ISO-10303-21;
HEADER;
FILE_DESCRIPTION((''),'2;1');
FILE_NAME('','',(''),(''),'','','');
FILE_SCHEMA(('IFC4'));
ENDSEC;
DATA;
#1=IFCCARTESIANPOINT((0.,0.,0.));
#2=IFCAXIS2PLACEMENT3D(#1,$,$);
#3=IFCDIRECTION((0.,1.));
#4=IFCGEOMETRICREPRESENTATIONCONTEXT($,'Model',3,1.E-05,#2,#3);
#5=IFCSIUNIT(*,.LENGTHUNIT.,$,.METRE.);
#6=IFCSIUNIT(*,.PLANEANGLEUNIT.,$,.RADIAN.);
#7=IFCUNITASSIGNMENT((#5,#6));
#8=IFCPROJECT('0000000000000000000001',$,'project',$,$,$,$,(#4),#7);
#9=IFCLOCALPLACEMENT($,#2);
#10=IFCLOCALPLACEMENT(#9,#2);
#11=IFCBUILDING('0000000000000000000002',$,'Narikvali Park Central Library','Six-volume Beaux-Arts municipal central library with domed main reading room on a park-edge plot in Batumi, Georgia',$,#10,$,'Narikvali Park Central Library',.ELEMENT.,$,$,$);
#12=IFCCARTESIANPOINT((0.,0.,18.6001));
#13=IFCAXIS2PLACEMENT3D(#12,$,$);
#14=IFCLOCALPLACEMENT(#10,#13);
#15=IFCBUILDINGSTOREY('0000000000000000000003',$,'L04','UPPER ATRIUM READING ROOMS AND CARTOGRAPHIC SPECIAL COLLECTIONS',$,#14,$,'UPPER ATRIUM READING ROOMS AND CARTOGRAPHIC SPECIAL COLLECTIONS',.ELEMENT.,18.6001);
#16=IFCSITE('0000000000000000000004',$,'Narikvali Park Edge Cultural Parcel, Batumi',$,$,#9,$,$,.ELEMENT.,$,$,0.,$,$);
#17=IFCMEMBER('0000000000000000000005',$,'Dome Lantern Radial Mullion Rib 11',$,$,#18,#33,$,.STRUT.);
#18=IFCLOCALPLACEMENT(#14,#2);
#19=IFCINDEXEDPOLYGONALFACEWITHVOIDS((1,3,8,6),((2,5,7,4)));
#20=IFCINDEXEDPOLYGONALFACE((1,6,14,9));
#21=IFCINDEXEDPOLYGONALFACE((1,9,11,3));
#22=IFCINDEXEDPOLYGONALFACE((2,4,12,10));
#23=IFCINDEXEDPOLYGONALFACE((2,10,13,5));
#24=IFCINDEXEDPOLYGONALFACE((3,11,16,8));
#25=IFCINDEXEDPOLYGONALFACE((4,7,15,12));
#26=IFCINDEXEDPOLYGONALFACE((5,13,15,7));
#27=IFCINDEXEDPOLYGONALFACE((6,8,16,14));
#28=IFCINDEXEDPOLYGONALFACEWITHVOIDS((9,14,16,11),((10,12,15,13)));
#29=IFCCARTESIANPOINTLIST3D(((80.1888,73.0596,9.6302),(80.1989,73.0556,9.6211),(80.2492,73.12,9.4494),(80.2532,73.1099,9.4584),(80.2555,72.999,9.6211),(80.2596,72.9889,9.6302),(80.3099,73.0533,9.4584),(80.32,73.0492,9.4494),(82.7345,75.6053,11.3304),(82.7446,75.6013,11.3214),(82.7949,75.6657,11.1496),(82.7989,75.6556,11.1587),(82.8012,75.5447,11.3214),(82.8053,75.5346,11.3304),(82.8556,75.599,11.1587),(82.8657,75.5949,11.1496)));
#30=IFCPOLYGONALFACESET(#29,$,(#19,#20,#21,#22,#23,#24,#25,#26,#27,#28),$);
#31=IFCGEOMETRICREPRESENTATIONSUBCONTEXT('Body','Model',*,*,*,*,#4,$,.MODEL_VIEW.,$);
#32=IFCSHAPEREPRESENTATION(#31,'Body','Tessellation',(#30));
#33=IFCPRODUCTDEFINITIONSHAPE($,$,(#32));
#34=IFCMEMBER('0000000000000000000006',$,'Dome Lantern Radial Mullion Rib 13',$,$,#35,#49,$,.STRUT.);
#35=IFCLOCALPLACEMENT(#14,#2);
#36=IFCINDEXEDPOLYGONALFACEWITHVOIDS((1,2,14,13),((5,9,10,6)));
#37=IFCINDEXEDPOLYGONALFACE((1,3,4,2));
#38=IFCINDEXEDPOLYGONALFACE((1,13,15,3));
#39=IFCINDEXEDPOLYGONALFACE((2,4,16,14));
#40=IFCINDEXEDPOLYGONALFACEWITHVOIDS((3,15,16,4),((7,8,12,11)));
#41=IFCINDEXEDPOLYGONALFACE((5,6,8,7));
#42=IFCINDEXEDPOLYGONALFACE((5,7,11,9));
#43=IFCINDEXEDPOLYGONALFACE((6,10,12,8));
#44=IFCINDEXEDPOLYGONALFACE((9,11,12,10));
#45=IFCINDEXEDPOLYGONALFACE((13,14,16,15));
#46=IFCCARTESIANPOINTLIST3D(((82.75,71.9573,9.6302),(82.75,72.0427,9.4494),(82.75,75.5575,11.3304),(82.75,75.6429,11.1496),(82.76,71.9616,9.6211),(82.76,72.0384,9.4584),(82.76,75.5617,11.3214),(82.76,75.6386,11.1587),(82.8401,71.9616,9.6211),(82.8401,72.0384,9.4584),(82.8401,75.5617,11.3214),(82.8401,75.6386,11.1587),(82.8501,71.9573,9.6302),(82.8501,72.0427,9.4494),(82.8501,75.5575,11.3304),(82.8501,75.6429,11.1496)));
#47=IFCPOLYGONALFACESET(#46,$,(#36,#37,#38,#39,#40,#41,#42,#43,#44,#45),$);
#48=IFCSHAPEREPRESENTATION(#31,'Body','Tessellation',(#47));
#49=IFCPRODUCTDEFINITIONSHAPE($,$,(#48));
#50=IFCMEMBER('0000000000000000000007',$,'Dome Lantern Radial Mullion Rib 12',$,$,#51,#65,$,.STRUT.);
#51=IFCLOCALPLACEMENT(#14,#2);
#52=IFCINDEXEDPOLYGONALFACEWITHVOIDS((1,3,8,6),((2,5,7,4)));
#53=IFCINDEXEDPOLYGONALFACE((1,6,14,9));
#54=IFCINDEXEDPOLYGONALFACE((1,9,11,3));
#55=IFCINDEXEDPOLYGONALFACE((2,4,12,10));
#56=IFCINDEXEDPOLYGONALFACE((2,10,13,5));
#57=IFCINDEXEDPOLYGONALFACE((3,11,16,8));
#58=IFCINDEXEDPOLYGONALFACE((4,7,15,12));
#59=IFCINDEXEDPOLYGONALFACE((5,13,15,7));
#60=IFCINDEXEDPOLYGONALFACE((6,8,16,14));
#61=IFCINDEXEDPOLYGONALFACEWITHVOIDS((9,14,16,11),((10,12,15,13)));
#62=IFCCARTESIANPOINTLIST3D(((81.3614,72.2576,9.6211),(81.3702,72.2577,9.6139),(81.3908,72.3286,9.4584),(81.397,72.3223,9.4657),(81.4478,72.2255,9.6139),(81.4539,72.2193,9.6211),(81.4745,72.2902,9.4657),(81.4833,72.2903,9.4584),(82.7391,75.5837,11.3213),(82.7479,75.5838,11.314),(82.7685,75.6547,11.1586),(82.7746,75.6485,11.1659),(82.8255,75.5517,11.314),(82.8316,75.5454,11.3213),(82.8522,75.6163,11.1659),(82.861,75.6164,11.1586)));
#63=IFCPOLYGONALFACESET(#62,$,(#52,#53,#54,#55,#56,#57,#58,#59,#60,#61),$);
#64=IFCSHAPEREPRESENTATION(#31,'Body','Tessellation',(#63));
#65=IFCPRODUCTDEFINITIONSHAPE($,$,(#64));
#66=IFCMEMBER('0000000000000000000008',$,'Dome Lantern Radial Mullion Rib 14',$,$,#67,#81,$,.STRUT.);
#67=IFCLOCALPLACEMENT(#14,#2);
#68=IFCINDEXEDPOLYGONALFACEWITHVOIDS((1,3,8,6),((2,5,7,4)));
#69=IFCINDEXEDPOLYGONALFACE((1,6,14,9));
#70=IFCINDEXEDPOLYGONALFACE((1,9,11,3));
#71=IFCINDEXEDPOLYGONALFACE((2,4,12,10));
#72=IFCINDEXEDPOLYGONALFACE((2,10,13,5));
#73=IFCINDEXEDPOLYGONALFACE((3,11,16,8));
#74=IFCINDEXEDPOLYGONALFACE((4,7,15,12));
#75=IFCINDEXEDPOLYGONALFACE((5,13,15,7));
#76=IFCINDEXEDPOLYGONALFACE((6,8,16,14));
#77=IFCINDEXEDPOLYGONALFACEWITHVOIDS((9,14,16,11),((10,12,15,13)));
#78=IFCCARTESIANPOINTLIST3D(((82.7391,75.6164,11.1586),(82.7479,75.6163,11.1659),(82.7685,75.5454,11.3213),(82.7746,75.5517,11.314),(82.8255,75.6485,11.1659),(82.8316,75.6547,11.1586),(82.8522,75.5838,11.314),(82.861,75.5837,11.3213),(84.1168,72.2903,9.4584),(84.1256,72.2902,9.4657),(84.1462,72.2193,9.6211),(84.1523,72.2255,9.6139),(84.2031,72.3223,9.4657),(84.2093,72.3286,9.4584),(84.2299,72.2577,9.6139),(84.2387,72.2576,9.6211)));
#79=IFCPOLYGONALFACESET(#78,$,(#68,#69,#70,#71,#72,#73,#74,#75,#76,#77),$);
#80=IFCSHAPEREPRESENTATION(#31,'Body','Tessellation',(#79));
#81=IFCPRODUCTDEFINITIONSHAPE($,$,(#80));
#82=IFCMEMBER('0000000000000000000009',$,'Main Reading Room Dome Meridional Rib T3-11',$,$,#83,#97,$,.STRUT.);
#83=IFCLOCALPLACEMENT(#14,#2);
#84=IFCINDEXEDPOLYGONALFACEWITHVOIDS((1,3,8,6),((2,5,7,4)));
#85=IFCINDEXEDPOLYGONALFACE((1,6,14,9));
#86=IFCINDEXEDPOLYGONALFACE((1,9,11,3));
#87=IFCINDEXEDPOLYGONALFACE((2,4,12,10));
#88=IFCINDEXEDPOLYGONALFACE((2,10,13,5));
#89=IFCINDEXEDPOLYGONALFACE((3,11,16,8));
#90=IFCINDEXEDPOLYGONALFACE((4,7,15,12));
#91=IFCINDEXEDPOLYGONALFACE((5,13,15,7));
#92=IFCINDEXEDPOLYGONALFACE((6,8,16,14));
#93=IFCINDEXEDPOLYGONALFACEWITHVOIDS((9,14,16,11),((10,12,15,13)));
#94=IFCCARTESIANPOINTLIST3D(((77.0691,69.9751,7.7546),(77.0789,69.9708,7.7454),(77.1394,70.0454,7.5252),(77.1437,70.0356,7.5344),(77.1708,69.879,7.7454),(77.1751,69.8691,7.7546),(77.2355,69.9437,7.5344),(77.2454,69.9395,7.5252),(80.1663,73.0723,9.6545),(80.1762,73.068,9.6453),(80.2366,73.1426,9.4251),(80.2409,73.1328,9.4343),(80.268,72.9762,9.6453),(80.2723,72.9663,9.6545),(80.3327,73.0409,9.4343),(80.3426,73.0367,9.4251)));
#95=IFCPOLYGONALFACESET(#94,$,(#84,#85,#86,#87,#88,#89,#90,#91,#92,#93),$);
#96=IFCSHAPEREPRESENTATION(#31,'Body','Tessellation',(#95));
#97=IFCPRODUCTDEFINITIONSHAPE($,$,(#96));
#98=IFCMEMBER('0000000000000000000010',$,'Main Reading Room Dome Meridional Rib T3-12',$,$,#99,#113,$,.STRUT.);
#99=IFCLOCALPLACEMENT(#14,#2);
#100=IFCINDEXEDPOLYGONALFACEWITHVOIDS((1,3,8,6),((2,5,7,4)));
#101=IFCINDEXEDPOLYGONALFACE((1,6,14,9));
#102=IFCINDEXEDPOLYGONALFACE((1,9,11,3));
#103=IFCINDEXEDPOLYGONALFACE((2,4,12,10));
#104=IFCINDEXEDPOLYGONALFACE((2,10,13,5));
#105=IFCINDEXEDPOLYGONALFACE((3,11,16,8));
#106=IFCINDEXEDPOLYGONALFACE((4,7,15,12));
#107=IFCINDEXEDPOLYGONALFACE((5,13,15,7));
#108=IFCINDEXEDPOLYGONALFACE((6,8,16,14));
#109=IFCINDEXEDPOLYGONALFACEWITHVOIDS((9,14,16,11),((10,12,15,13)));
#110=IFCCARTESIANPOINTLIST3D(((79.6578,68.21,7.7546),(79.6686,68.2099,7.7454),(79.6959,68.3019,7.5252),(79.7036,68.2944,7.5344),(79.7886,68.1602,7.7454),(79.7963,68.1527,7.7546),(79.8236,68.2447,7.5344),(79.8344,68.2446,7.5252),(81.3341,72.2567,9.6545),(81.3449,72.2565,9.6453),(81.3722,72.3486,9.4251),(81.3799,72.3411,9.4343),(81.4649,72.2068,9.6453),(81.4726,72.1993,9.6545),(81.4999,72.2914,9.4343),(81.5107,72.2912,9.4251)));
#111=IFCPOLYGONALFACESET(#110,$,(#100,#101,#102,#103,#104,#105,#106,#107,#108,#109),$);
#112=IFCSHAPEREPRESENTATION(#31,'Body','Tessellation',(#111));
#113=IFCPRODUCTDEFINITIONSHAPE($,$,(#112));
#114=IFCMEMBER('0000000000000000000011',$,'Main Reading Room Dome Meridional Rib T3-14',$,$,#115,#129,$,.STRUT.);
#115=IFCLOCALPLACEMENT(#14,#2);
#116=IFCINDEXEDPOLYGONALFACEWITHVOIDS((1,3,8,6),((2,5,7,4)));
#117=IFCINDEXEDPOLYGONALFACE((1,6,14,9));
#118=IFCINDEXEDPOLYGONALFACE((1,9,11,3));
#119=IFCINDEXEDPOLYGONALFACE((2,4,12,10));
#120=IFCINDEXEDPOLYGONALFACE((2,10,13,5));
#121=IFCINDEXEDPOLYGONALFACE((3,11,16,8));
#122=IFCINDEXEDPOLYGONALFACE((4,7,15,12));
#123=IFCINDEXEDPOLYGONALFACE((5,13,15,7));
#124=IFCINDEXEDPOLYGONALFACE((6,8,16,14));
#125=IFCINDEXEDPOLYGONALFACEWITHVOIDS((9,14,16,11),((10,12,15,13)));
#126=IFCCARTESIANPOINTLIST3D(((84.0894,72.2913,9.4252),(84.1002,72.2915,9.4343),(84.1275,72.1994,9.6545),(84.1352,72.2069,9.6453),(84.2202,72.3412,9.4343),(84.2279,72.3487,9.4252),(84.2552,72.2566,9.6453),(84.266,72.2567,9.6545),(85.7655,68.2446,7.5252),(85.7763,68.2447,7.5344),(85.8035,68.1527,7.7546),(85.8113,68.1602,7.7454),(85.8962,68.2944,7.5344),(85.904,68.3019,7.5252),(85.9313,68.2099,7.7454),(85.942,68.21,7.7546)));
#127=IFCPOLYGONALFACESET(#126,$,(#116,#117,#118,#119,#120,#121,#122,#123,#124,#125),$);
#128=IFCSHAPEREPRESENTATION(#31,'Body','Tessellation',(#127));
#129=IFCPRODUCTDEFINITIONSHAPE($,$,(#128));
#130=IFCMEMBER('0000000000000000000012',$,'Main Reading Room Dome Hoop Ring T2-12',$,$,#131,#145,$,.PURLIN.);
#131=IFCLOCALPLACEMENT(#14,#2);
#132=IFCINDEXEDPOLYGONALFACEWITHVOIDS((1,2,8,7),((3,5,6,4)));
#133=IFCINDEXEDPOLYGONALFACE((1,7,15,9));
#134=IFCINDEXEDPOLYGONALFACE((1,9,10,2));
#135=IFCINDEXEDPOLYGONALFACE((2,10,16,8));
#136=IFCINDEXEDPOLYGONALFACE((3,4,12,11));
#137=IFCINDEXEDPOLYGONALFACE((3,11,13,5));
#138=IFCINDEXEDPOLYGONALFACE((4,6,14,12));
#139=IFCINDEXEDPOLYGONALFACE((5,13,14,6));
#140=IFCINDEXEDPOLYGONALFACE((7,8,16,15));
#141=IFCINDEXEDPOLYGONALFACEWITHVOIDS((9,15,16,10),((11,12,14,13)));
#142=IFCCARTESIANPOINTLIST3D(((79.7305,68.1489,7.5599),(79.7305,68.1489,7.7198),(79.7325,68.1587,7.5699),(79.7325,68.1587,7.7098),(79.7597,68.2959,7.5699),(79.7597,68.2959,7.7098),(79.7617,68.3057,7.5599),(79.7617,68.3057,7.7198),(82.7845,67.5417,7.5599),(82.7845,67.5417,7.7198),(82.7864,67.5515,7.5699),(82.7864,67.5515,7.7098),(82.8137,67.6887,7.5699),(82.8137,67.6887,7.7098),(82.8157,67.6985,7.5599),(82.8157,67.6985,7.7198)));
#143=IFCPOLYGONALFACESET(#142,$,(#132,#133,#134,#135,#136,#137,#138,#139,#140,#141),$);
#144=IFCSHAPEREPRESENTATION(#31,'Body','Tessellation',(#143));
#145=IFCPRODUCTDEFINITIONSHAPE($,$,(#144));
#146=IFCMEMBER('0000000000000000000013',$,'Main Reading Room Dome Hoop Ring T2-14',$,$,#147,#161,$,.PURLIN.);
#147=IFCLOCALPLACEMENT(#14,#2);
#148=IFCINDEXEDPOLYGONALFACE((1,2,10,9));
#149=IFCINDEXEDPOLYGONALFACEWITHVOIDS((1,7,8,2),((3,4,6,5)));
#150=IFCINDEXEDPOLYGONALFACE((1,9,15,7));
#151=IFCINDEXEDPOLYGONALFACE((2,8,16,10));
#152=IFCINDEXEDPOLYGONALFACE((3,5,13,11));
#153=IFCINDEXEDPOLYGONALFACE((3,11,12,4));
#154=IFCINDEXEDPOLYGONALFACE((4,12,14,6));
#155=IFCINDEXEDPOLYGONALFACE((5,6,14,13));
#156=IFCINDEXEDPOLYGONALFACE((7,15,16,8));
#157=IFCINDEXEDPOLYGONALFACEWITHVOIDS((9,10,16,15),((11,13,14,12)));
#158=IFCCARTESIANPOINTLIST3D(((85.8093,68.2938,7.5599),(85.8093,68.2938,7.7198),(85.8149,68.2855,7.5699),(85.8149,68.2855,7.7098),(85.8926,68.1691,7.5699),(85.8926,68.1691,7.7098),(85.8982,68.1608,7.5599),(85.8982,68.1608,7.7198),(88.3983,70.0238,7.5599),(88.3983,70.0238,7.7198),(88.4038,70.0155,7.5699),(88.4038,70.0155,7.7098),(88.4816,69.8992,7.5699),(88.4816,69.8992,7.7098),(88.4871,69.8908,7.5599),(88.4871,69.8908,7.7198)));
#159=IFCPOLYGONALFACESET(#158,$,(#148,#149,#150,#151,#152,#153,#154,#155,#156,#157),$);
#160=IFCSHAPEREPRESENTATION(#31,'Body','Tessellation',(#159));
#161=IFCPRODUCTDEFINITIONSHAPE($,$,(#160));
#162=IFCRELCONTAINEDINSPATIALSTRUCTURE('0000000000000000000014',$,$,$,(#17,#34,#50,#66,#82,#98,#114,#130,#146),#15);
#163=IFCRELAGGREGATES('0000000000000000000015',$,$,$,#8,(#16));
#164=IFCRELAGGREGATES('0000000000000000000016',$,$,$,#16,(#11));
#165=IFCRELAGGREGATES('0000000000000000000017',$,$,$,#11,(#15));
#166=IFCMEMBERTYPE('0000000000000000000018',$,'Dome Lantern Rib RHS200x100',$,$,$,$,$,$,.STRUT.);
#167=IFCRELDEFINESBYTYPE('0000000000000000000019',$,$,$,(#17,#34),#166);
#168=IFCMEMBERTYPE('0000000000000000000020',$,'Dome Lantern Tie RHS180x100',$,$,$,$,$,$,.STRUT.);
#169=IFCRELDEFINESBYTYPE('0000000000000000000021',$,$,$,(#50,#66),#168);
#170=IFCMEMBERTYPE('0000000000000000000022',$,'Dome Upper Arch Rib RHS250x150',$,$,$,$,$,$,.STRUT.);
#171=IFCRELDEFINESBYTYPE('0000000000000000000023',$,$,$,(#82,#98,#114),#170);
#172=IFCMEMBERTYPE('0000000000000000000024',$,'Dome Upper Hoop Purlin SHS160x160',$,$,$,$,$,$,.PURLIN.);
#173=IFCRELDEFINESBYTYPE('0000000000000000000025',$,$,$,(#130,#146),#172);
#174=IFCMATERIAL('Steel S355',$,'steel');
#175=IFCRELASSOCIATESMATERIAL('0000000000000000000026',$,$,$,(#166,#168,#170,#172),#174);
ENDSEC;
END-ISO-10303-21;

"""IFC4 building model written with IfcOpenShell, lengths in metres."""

from ifc_helpers import new_model, si_unit, direction, frame, origin, origin_2d, place, context, subcontext, project, spatial, hollow_rectangle, extrude, material, material_profile, profile_set, type_object, element, save


model = new_model("IFC4")

# Units and contexts
model_context = context("Model", 3, precision=1e-05, world=origin(), true_north=direction((0.0, 1.0)))
body_context = subcontext(model_context, "Body", "Model", "MODEL_VIEW")
ifc_project = project(units=[si_unit("LENGTHUNIT", "METRE"), si_unit("PLANEANGLEUNIT", "RADIAN")], contexts=[model_context])

# Site, building, storey
site_placement = place(None, origin())
site = spatial("IfcSite", under=ifc_project, at=site_placement, Name="Narikvali Park Edge Cultural Parcel, Batumi", CompositionType="ELEMENT", RefElevation=0.0)
building_placement = place(site_placement, origin())
building = spatial("IfcBuilding", under=site, at=building_placement, Name="Narikvali Park Central Library", Description="Six-volume Beaux-Arts municipal central library with domed main reading room on a park-edge plot in Batumi, Georgia", LongName="Narikvali Park Central Library", CompositionType="ELEMENT")
storey_placement = place(building_placement, frame((0.0, 0.0, 18.6001)))
storey = spatial("IfcBuildingStorey", under=building, at=storey_placement, Name="L04", Description="UPPER ATRIUM READING ROOMS AND CARTOGRAPHIC SPECIAL COLLECTIONS", LongName="UPPER ATRIUM READING ROOMS AND CARTOGRAPHIC SPECIAL COLLECTIONS", CompositionType="ELEMENT", Elevation=18.6001)

# Members
ifc_material_1 = material(Name="Steel S355", Category="steel")
ifc_material_profile_1 = material_profile(ifc_material_1, hollow_rectangle(XDim=0.1001, YDim=0.2, WallThickness=0.01, at=origin_2d()), Name="RHS 200x100x10")
ifc_profile_set_1 = profile_set([ifc_material_profile_1], Name="Steel S355")
member_type_1 = type_object("IfcMemberType", Name="Dome Lantern Rib RHS200x100", PredefinedType="STRUT", material=ifc_profile_set_1)
for number, where, z_axis, x_axis, name in (
    (1, (80.2544, 73.0544, 9.5398), (0.63939, 0.63939, 0.427037), (-0.707107, 0.707107, 0.0), "Dome Lantern Radial Mullion Rib 11"),
    (2, (82.8, 72.0, 9.5398), (0.0, 0.904234, 0.427037), (-1.0, 0.0, 0.0), "Dome Lantern Radial Mullion Rib 13"),
):
    element("IfcMember", number, at=place(storey_placement, frame(where, z_axis=z_axis, x_axis=x_axis)), inside=storey, type_object=member_type_1, Name=name, PredefinedType="STRUT", context=body_context, shape_type="SweptSolid", body=[
        extrude(hollow_rectangle(XDim=0.1001, YDim=0.2, WallThickness=0.01, at=origin_2d()), origin(), (0.0, 0.0, 1.0), 3.9814),
    ])
ifc_material_profile_2 = material_profile(ifc_material_1, hollow_rectangle(XDim=0.1001, YDim=0.1799, WallThickness=0.0081, at=origin_2d()), Name="RHS 180x100x8")
ifc_profile_set_2 = profile_set([ifc_material_profile_2], Name="Steel S355")
member_type_2 = type_object("IfcMemberType", Name="Dome Lantern Tie RHS180x100", PredefinedType="STRUT", material=ifc_profile_set_2)
for number, where, z_axis, x_axis, name in (
    (3, (81.4224, 72.2739, 9.5398), (0.346024, 0.835413, 0.427027), (-0.923885, 0.382669, 0.0), "Dome Lantern Radial Mullion Rib 12"),
    (4, (84.1777, 72.2739, 9.5398), (-0.346024, 0.835413, 0.427027), (-0.923885, -0.382669, 0.0), "Dome Lantern Radial Mullion Rib 14"),
):
    element("IfcMember", number, at=place(storey_placement, frame(where, z_axis=z_axis, x_axis=x_axis)), inside=storey, type_object=member_type_2, Name=name, PredefinedType="STRUT", context=body_context, shape_type="SweptSolid", body=[
        extrude(hollow_rectangle(XDim=0.1001, YDim=0.1799, WallThickness=0.0081, at=origin_2d()), origin(), (0.0, 0.0, 1.0), 3.9814),
    ])
ifc_material_profile_3 = material_profile(ifc_material_1, hollow_rectangle(XDim=0.1499, YDim=0.25, WallThickness=0.01, at=origin_2d()), Name="RHS 250x150x10")
ifc_profile_set_3 = profile_set([ifc_material_profile_3], Name="Steel S355")
member_type_3 = type_object("IfcMemberType", Name="Dome Upper Arch Rib RHS250x150", PredefinedType="STRUT", material=ifc_profile_set_3)
for number, where, z_axis, x_axis, name in (
    (5, (77.1572, 69.9573, 7.6399), (0.648708, 0.648708, 0.397939), (-0.707107, 0.707107, 0.0), "Main Reading Room Dome Meridional Rib T3-11"),
    (6, (79.7461, 68.2273, 7.6399), (0.351097, 0.847572, 0.397937), (-0.923871, 0.382703, 0.0), "Main Reading Room Dome Meridional Rib T3-12"),
    (7, (85.8538, 68.2273, 7.6399), (-0.351052, 0.847587, 0.397944), (-0.923891, -0.382655, 0.0), "Main Reading Room Dome Meridional Rib T3-14"),
):
    element("IfcMember", number, at=place(storey_placement, frame(where, z_axis=z_axis, x_axis=x_axis)), inside=storey, type_object=member_type_3, Name=name, PredefinedType="STRUT", context=body_context, shape_type="SweptSolid", body=[
        extrude(hollow_rectangle(XDim=0.1499, YDim=0.25, WallThickness=0.01, at=origin_2d()), origin(), (0.0, 0.0, 1.0), 4.7744),
    ])
ifc_material_profile_4 = material_profile(ifc_material_1, hollow_rectangle(XDim=0.1599, YDim=0.1599, WallThickness=0.01, at=origin_2d()), Name="SHS 160x160x10")
ifc_profile_set_4 = profile_set([ifc_material_profile_4], Name="Steel S355")
member_type_4 = type_object("IfcMemberType", Name="Dome Upper Hoop Purlin SHS160x160", PredefinedType="PURLIN", material=ifc_profile_set_4)
for number, where, z_axis, x_axis, name in (
    (8, (79.7461, 68.2273, 7.6399), (0.980803, -0.195, 0.0), (0.195, 0.980803, 0.0), "Main Reading Room Dome Hoop Ring T2-12"),
    (9, (85.8538, 68.2273, 7.6399), (0.831447, 0.555605, 0.0), (-0.555605, 0.831447, 0.0), "Main Reading Room Dome Hoop Ring T2-14"),
):
    element("IfcMember", number, at=place(storey_placement, frame(where, z_axis=z_axis, x_axis=x_axis)), inside=storey, type_object=member_type_4, Name=name, PredefinedType="PURLIN", context=body_context, shape_type="SweptSolid", body=[
        extrude(hollow_rectangle(XDim=0.1599, YDim=0.1599, WallThickness=0.01, at=origin_2d()), origin(), (0.0, 0.0, 1.0), 3.1138),
    ])

save(model, "model.ifc")
